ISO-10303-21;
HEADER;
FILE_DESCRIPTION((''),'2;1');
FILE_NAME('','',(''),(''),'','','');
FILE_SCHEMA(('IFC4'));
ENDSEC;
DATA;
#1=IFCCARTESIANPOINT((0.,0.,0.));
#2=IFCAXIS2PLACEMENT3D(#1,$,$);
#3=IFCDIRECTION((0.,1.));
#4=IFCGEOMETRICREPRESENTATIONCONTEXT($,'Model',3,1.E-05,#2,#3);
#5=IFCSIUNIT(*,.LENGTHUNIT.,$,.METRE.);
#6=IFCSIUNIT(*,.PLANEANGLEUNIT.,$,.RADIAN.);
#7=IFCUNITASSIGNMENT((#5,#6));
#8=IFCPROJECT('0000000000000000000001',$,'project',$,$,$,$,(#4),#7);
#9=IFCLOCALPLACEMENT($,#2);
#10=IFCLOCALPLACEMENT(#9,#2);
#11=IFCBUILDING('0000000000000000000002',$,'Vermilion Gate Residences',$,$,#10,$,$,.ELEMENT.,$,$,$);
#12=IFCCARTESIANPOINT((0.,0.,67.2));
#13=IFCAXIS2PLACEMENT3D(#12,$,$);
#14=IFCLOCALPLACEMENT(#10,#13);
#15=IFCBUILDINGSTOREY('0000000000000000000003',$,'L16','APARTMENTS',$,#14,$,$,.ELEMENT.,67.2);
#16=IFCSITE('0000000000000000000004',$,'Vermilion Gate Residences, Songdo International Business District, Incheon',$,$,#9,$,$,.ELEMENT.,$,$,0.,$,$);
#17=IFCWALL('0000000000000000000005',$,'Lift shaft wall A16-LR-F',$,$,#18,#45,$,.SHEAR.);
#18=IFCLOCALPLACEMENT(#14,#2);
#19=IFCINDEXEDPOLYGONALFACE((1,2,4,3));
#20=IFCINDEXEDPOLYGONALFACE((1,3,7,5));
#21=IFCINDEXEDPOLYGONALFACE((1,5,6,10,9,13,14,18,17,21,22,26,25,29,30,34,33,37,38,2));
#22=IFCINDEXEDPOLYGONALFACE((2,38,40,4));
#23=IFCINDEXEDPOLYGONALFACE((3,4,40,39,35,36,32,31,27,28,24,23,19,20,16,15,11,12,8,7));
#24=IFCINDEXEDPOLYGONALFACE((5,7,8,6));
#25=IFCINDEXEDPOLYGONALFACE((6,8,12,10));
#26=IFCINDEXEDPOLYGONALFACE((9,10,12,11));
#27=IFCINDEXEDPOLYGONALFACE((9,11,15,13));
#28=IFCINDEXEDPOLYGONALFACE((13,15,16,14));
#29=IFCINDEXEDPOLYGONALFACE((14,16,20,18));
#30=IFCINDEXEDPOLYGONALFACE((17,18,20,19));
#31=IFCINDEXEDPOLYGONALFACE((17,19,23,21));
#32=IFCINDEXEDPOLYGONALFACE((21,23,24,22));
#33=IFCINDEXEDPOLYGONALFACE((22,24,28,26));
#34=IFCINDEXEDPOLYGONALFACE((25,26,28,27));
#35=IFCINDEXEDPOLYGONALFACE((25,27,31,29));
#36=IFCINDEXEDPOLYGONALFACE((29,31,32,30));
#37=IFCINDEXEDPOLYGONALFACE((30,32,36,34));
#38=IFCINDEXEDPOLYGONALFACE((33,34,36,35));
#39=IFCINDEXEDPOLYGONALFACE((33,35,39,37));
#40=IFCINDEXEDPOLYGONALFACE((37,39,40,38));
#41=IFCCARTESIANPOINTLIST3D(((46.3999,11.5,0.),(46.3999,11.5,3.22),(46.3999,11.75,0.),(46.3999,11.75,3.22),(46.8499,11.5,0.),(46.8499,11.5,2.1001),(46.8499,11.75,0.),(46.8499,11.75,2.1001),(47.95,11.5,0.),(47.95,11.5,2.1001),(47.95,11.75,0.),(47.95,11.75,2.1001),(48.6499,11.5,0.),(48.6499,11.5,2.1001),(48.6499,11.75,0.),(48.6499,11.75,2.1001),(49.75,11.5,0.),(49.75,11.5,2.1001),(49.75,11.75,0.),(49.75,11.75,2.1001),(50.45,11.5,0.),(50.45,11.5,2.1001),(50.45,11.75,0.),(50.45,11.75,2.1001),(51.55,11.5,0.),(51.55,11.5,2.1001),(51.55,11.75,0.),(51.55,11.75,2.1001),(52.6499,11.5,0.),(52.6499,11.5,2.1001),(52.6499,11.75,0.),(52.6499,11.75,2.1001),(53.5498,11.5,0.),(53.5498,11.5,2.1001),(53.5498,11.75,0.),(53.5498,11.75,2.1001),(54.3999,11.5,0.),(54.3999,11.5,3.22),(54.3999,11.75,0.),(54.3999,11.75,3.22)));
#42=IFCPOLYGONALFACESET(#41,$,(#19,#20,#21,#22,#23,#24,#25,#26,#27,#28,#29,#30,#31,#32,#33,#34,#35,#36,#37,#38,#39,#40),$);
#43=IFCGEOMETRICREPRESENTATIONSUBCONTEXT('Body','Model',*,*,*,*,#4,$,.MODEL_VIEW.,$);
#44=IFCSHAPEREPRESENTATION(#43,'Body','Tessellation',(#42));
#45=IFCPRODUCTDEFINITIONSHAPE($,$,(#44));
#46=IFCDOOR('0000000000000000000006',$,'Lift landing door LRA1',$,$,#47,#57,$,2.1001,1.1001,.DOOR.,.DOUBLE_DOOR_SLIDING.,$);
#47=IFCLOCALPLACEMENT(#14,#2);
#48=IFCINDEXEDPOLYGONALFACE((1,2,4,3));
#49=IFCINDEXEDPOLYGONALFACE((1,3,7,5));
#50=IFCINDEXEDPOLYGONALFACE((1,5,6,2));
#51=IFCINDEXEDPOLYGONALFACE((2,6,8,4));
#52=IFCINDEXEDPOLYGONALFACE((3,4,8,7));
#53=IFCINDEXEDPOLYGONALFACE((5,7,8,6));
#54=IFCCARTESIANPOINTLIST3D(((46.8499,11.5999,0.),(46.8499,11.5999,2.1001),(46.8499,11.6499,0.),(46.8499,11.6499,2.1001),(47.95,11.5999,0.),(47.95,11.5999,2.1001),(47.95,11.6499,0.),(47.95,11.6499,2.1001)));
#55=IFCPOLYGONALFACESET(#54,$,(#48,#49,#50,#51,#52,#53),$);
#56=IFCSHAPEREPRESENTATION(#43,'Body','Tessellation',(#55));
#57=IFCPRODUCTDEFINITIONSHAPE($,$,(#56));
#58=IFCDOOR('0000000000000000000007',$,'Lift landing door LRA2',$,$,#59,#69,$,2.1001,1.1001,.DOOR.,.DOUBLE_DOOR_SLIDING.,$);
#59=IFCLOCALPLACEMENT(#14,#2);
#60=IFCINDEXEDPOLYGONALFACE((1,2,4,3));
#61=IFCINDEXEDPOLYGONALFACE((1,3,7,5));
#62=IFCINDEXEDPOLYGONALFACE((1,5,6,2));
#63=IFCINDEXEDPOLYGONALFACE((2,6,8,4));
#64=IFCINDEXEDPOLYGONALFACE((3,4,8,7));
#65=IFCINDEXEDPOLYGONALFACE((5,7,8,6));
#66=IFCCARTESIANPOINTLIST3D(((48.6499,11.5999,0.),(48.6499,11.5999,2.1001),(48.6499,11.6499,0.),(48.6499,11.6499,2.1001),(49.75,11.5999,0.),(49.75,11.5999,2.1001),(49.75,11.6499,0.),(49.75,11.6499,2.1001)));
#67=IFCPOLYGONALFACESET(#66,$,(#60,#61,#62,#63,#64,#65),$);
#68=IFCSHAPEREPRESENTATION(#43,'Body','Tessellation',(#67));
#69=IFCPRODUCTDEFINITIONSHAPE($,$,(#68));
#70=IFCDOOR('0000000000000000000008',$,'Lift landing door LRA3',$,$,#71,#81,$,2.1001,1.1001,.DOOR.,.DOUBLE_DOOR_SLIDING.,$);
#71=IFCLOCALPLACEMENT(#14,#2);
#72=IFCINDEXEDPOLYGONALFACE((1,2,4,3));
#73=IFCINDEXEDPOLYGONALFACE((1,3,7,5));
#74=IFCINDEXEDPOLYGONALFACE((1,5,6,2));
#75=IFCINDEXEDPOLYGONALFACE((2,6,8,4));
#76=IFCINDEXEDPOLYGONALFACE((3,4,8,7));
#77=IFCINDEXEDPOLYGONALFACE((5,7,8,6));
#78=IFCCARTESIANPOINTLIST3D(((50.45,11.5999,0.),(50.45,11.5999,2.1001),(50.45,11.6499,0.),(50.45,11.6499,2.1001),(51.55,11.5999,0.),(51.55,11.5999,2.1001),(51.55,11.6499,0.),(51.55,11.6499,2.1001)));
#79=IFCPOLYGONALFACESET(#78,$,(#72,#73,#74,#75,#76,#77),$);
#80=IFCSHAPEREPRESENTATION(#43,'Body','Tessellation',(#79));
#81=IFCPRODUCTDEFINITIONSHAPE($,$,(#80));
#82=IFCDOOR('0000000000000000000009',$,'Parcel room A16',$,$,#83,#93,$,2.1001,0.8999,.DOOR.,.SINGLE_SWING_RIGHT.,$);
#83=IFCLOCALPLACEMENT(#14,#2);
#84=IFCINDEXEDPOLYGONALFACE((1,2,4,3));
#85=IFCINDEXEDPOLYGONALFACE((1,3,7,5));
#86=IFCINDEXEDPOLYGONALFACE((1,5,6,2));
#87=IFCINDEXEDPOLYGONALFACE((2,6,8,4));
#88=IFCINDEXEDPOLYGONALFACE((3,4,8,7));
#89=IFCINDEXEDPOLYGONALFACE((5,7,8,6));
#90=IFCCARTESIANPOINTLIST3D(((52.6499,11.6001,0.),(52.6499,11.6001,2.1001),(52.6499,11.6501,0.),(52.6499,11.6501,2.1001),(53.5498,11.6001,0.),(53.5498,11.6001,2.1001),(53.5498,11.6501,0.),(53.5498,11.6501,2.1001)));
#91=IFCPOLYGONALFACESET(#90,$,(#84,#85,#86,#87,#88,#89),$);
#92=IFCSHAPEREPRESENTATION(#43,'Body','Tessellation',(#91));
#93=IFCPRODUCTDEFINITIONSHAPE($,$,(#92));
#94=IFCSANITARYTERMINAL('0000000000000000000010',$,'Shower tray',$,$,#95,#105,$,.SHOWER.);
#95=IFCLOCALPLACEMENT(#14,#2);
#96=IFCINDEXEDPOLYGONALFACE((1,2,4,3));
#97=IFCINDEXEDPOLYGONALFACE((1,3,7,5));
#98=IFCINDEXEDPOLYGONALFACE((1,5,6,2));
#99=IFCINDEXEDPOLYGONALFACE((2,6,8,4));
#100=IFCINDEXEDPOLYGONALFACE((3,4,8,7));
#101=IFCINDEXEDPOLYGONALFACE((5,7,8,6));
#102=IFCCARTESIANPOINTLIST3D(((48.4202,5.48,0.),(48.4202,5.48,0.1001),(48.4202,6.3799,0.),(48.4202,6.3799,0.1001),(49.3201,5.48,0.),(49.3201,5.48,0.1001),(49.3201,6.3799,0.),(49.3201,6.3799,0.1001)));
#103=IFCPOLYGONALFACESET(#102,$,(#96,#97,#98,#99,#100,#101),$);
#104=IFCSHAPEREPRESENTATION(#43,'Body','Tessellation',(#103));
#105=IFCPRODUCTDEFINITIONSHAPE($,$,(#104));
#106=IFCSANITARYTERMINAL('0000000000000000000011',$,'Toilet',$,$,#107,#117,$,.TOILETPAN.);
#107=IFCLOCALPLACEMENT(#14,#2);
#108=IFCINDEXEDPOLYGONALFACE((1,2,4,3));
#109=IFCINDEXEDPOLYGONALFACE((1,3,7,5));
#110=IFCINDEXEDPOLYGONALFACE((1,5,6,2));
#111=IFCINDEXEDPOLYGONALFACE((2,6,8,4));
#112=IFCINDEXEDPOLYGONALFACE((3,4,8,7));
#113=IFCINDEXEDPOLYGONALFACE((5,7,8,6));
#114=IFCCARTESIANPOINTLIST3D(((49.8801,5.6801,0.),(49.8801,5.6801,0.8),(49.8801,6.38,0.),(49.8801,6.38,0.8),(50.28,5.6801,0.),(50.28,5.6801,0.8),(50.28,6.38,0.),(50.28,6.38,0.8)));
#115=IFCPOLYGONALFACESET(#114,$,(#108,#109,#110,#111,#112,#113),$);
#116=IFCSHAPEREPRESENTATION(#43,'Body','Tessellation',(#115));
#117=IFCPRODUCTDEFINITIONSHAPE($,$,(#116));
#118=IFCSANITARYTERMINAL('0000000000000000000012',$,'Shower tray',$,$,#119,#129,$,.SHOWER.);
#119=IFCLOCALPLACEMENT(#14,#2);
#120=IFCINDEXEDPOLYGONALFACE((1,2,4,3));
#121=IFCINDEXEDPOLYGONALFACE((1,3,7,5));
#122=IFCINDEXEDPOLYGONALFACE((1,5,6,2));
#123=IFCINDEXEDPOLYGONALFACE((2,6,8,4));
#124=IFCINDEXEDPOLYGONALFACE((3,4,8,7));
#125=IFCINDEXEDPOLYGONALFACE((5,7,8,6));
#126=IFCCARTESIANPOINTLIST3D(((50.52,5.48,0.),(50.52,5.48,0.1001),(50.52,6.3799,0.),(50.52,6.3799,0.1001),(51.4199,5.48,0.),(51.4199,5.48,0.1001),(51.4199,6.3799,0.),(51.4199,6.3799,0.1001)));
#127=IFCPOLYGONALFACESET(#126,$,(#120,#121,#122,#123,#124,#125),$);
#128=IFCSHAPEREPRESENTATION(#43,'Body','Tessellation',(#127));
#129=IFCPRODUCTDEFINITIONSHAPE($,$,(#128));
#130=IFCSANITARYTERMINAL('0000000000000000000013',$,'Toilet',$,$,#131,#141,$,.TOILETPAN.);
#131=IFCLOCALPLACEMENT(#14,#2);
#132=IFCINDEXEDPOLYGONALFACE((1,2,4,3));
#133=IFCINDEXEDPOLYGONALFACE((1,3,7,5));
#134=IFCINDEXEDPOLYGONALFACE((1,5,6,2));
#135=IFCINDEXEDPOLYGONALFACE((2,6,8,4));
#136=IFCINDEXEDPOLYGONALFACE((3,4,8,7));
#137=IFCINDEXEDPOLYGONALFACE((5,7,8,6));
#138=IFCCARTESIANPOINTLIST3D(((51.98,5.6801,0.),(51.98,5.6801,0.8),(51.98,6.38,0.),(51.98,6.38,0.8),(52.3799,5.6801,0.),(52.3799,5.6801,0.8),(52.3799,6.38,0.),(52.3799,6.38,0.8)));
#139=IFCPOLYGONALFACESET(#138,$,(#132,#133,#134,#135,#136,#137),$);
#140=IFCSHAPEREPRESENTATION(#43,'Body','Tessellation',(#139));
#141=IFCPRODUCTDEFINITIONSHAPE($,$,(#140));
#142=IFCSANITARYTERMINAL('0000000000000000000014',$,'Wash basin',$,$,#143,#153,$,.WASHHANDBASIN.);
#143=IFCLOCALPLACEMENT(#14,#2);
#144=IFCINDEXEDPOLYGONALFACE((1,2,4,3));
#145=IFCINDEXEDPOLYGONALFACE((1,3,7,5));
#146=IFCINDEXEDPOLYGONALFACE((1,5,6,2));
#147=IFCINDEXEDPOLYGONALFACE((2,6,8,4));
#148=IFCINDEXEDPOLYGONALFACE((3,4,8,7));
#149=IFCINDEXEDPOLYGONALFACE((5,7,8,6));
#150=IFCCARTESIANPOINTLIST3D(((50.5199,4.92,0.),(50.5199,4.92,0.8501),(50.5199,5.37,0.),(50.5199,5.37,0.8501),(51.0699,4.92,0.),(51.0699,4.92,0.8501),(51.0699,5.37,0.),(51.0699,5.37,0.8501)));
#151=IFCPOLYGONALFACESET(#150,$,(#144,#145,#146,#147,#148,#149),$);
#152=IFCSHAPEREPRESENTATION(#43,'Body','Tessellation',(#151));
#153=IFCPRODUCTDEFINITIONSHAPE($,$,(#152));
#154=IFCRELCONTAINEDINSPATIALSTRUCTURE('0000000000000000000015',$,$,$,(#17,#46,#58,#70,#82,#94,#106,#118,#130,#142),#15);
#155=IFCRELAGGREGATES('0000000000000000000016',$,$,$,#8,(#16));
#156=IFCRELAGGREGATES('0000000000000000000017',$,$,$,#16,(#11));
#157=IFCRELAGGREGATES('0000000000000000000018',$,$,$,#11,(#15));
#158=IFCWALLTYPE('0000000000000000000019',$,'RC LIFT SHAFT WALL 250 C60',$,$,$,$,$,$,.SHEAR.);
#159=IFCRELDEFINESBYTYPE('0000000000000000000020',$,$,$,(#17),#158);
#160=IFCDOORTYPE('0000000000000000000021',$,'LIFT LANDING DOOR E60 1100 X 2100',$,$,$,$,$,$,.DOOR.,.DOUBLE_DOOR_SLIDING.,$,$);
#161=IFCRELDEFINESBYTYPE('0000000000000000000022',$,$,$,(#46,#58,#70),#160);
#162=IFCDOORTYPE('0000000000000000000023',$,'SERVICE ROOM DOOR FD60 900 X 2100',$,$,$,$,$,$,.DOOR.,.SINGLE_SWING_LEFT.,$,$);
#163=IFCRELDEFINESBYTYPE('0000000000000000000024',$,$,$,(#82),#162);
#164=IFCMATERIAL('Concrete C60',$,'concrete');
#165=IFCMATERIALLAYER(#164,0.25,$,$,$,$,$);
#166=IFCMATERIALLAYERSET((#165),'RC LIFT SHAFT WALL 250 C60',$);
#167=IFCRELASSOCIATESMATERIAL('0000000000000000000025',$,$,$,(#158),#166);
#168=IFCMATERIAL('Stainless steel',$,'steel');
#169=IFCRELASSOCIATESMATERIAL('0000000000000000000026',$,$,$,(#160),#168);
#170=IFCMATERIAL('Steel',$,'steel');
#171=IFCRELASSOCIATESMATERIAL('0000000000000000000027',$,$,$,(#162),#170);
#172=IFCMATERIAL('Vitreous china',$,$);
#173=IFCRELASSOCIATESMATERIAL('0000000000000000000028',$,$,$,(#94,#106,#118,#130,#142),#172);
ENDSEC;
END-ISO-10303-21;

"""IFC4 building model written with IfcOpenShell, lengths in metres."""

from ifc_helpers import new_model, si_unit, direction, frame, frame_2d, origin, origin_2d, place, context, subcontext, project, spatial, rectangle, extrude, material, layer, layer_set, type_object, element, fill, save


model = new_model("IFC4")

# Units and contexts
model_context = context("Model", 3, precision=1e-05, world=origin(), true_north=direction((0.0, 1.0)))
body_context = subcontext(model_context, "Body", "Model", "MODEL_VIEW")
ifc_project = project(units=[si_unit("LENGTHUNIT", "METRE"), si_unit("PLANEANGLEUNIT", "RADIAN")], contexts=[model_context])

# Site, building, storey
site_placement = place(None, origin())
site = spatial("IfcSite", under=ifc_project, at=site_placement, Name="Vermilion Gate Residences, Songdo International Business District, Incheon", CompositionType="ELEMENT", RefElevation=0.0)
building_placement = place(site_placement, origin())
building = spatial("IfcBuilding", under=site, at=building_placement, Name="Vermilion Gate Residences", CompositionType="ELEMENT")
storey_placement = place(building_placement, frame((0.0, 0.0, 67.2)))
storey = spatial("IfcBuildingStorey", under=building, at=storey_placement, Name="L16", Description="APARTMENTS", CompositionType="ELEMENT", Elevation=67.2)

# Wall, openings, doors
ifc_material_1 = material(Name="Concrete C60", Category="concrete")
ifc_layer_1 = layer(ifc_material_1, 0.25)
ifc_layer_set_1 = layer_set([ifc_layer_1], Name="RC LIFT SHAFT WALL 250 C60")
wall_type_1 = type_object("IfcWallType", Name="RC LIFT SHAFT WALL 250 C60", PredefinedType="SHEAR", material=ifc_layer_set_1)
wall_1_placement = place(storey_placement, frame((46.3999, 11.625, 0.0), z_axis=(0.0, 0.0, 1.0), x_axis=(1.0, 0.0, 0.0)))
wall_1 = element("IfcWall", 1, at=wall_1_placement, inside=storey, type_object=wall_type_1, Name="Lift shaft wall A16-LR-F", PredefinedType="SHEAR", context=body_context, shape_type="SweptSolid", body=[
    extrude(rectangle(XDim=8.0, YDim=0.25, at=frame_2d((4.0, 0.0))), origin(), (0.0, 0.0, 1.0), 3.22),
])
opening_1_placement = place(wall_1_placement, frame((0.45, 0.0, 0.0)))
opening_1 = element("IfcOpeningElement", 2, at=opening_1_placement, cuts=wall_1, PredefinedType="OPENING", context=body_context, shape_type="SweptSolid", body=[
    extrude(rectangle(XDim=1.1001, YDim=2.1001, at=frame_2d((0.55, 1.05))), frame((0.0, 0.135, 0.0), z_axis=(0.0, -1.0, 0.0), x_axis=(1.0, 0.0, 0.0)), (0.0, 0.0, 1.0), 0.27),
])
opening_2_placement = place(wall_1_placement, frame((2.25, 0.0, 0.0)))
opening_2 = element("IfcOpeningElement", 3, at=opening_2_placement, cuts=wall_1, PredefinedType="OPENING", context=body_context, shape_type="SweptSolid", body=[
    extrude(rectangle(XDim=1.1001, YDim=2.1001, at=frame_2d((0.55, 1.05))), frame((0.0, 0.135, 0.0), z_axis=(0.0, -1.0, 0.0), x_axis=(1.0, 0.0, 0.0)), (0.0, 0.0, 1.0), 0.27),
])
opening_3_placement = place(wall_1_placement, frame((4.05, 0.0, 0.0)))
opening_3 = element("IfcOpeningElement", 4, at=opening_3_placement, cuts=wall_1, PredefinedType="OPENING", context=body_context, shape_type="SweptSolid", body=[
    extrude(rectangle(XDim=1.1001, YDim=2.1001, at=frame_2d((0.55, 1.05))), frame((0.0, 0.135, 0.0), z_axis=(0.0, -1.0, 0.0), x_axis=(1.0, 0.0, 0.0)), (0.0, 0.0, 1.0), 0.27),
])
opening_4_placement = place(wall_1_placement, frame((6.25, 0.0, 0.0)))
opening_4 = element("IfcOpeningElement", 5, at=opening_4_placement, cuts=wall_1, PredefinedType="OPENING", context=body_context, shape_type="SweptSolid", body=[
    extrude(rectangle(XDim=0.8999, YDim=2.1001, at=frame_2d((0.45, 1.05))), frame((0.0, 0.135, 0.0), z_axis=(0.0, -1.0, 0.0), x_axis=(1.0, 0.0, 0.0)), (0.0, 0.0, 1.0), 0.27),
])
ifc_material_2 = material(Name="Stainless steel", Category="steel")
door_type_1 = type_object("IfcDoorType", Name="LIFT LANDING DOOR E60 1100 X 2100", OperationType="DOUBLE_DOOR_SLIDING", PredefinedType="DOOR", material=ifc_material_2)
door_1_placement = place(opening_1_placement, origin())
door_1 = element("IfcDoor", 6, at=door_1_placement, inside=storey, type_object=door_type_1, Name="Lift landing door LRA1", OperationType="DOUBLE_DOOR_SLIDING", OverallHeight=2.1001, OverallWidth=1.1001, PredefinedType="DOOR", context=body_context, shape_type="SweptSolid", body=[
    extrude(rectangle(XDim=1.1001, YDim=2.1001, at=frame_2d((0.55, 1.05))), frame((0.0, 0.0249, 0.0), z_axis=(0.0, -1.0, 0.0), x_axis=(1.0, 0.0, 0.0)), (0.0, 0.0, 1.0), 0.05),
])
fill(opening_1, door_1)
door_2_placement = place(opening_2_placement, origin())
door_2 = element("IfcDoor", 7, at=door_2_placement, inside=storey, type_object=door_type_1, Name="Lift landing door LRA2", OperationType="DOUBLE_DOOR_SLIDING", OverallHeight=2.1001, OverallWidth=1.1001, PredefinedType="DOOR", context=body_context, shape_type="SweptSolid", body=[
    extrude(rectangle(XDim=1.1001, YDim=2.1001, at=frame_2d((0.55, 1.05))), frame((0.0, 0.0249, 0.0), z_axis=(0.0, -1.0, 0.0), x_axis=(1.0, 0.0, 0.0)), (0.0, 0.0, 1.0), 0.05),
])
fill(opening_2, door_2)
door_3_placement = place(opening_3_placement, origin())
door_3 = element("IfcDoor", 8, at=door_3_placement, inside=storey, type_object=door_type_1, Name="Lift landing door LRA3", OperationType="DOUBLE_DOOR_SLIDING", OverallHeight=2.1001, OverallWidth=1.1001, PredefinedType="DOOR", context=body_context, shape_type="SweptSolid", body=[
    extrude(rectangle(XDim=1.1001, YDim=2.1001, at=frame_2d((0.55, 1.05))), frame((0.0, 0.0249, 0.0), z_axis=(0.0, -1.0, 0.0), x_axis=(1.0, 0.0, 0.0)), (0.0, 0.0, 1.0), 0.05),
])
fill(opening_3, door_3)
ifc_material_3 = material(Name="Steel", Category="steel")
door_type_2 = type_object("IfcDoorType", Name="SERVICE ROOM DOOR FD60 900 X 2100", OperationType="SINGLE_SWING_LEFT", PredefinedType="DOOR", material=ifc_material_3)
door_4_placement = place(opening_4_placement, frame((0.8999, 0.0, 0.0), z_axis=(0.0, 0.0, 1.0), x_axis=(-1.0, 0.0, 0.0)))
door_4 = element("IfcDoor", 9, at=door_4_placement, inside=storey, type_object=door_type_2, Name="Parcel room A16", OperationType="SINGLE_SWING_RIGHT", OverallHeight=2.1001, OverallWidth=0.8999, PredefinedType="DOOR", context=body_context, shape_type="SweptSolid", body=[
    extrude(rectangle(XDim=0.8999, YDim=2.1001, at=frame_2d((0.45, 1.05))), frame((0.0, 0.0249, 0.0), z_axis=(0.0, -1.0, 0.0), x_axis=(1.0, 0.0, 0.0)), (0.0, 0.0, 1.0), 0.05),
])
fill(opening_4, door_4)

# Sanitary terminals
ifc_material_4 = material(Name="Vitreous china")
sanitary_terminal_1_placement = place(storey_placement, frame((48.8701, 5.9299, 0.0), z_axis=(0.0, 0.0, 1.0), x_axis=(1.0, 0.0, 0.0)))
element("IfcSanitaryTerminal", 10, at=sanitary_terminal_1_placement, inside=storey, material=ifc_material_4, Name="Shower tray", PredefinedType="SHOWER", context=body_context, shape_type="SweptSolid", body=[
    extrude(rectangle(XDim=0.8999, YDim=0.8999, at=origin_2d()), origin(), (0.0, 0.0, 1.0), 0.1001),
])
sanitary_terminal_2_placement = place(storey_placement, frame((50.0801, 6.03, 0.0), z_axis=(0.0, 0.0, 1.0), x_axis=(1.0, 0.0, 0.0)))
element("IfcSanitaryTerminal", 11, at=sanitary_terminal_2_placement, inside=storey, material=ifc_material_4, Name="Toilet", PredefinedType="TOILETPAN", context=body_context, shape_type="SweptSolid", body=[
    extrude(rectangle(XDim=0.3999, YDim=0.7, at=origin_2d()), origin(), (0.0, 0.0, 1.0), 0.8),
])
sanitary_terminal_3_placement = place(storey_placement, frame((50.97, 5.9299, 0.0), z_axis=(0.0, 0.0, 1.0), x_axis=(1.0, 0.0, 0.0)))
element("IfcSanitaryTerminal", 12, at=sanitary_terminal_3_placement, inside=storey, material=ifc_material_4, Name="Shower tray", PredefinedType="SHOWER", context=body_context, shape_type="SweptSolid", body=[
    extrude(rectangle(XDim=0.8999, YDim=0.8999, at=origin_2d()), origin(), (0.0, 0.0, 1.0), 0.1001),
])
sanitary_terminal_4_placement = place(storey_placement, frame((52.1799, 6.03, 0.0), z_axis=(0.0, 0.0, 1.0), x_axis=(1.0, 0.0, 0.0)))
element("IfcSanitaryTerminal", 13, at=sanitary_terminal_4_placement, inside=storey, material=ifc_material_4, Name="Toilet", PredefinedType="TOILETPAN", context=body_context, shape_type="SweptSolid", body=[
    extrude(rectangle(XDim=0.3999, YDim=0.7, at=origin_2d()), origin(), (0.0, 0.0, 1.0), 0.8),
])
sanitary_terminal_5_placement = place(storey_placement, frame((50.7949, 5.145, 0.0), z_axis=(0.0, 0.0, 1.0), x_axis=(1.0, 0.0, 0.0)))
element("IfcSanitaryTerminal", 14, at=sanitary_terminal_5_placement, inside=storey, material=ifc_material_4, Name="Wash basin", PredefinedType="WASHHANDBASIN", context=body_context, shape_type="SweptSolid", body=[
    extrude(rectangle(XDim=0.55, YDim=0.45, at=origin_2d()), origin(), (0.0, 0.0, 1.0), 0.8501),
])

save(model, "model.ifc")
